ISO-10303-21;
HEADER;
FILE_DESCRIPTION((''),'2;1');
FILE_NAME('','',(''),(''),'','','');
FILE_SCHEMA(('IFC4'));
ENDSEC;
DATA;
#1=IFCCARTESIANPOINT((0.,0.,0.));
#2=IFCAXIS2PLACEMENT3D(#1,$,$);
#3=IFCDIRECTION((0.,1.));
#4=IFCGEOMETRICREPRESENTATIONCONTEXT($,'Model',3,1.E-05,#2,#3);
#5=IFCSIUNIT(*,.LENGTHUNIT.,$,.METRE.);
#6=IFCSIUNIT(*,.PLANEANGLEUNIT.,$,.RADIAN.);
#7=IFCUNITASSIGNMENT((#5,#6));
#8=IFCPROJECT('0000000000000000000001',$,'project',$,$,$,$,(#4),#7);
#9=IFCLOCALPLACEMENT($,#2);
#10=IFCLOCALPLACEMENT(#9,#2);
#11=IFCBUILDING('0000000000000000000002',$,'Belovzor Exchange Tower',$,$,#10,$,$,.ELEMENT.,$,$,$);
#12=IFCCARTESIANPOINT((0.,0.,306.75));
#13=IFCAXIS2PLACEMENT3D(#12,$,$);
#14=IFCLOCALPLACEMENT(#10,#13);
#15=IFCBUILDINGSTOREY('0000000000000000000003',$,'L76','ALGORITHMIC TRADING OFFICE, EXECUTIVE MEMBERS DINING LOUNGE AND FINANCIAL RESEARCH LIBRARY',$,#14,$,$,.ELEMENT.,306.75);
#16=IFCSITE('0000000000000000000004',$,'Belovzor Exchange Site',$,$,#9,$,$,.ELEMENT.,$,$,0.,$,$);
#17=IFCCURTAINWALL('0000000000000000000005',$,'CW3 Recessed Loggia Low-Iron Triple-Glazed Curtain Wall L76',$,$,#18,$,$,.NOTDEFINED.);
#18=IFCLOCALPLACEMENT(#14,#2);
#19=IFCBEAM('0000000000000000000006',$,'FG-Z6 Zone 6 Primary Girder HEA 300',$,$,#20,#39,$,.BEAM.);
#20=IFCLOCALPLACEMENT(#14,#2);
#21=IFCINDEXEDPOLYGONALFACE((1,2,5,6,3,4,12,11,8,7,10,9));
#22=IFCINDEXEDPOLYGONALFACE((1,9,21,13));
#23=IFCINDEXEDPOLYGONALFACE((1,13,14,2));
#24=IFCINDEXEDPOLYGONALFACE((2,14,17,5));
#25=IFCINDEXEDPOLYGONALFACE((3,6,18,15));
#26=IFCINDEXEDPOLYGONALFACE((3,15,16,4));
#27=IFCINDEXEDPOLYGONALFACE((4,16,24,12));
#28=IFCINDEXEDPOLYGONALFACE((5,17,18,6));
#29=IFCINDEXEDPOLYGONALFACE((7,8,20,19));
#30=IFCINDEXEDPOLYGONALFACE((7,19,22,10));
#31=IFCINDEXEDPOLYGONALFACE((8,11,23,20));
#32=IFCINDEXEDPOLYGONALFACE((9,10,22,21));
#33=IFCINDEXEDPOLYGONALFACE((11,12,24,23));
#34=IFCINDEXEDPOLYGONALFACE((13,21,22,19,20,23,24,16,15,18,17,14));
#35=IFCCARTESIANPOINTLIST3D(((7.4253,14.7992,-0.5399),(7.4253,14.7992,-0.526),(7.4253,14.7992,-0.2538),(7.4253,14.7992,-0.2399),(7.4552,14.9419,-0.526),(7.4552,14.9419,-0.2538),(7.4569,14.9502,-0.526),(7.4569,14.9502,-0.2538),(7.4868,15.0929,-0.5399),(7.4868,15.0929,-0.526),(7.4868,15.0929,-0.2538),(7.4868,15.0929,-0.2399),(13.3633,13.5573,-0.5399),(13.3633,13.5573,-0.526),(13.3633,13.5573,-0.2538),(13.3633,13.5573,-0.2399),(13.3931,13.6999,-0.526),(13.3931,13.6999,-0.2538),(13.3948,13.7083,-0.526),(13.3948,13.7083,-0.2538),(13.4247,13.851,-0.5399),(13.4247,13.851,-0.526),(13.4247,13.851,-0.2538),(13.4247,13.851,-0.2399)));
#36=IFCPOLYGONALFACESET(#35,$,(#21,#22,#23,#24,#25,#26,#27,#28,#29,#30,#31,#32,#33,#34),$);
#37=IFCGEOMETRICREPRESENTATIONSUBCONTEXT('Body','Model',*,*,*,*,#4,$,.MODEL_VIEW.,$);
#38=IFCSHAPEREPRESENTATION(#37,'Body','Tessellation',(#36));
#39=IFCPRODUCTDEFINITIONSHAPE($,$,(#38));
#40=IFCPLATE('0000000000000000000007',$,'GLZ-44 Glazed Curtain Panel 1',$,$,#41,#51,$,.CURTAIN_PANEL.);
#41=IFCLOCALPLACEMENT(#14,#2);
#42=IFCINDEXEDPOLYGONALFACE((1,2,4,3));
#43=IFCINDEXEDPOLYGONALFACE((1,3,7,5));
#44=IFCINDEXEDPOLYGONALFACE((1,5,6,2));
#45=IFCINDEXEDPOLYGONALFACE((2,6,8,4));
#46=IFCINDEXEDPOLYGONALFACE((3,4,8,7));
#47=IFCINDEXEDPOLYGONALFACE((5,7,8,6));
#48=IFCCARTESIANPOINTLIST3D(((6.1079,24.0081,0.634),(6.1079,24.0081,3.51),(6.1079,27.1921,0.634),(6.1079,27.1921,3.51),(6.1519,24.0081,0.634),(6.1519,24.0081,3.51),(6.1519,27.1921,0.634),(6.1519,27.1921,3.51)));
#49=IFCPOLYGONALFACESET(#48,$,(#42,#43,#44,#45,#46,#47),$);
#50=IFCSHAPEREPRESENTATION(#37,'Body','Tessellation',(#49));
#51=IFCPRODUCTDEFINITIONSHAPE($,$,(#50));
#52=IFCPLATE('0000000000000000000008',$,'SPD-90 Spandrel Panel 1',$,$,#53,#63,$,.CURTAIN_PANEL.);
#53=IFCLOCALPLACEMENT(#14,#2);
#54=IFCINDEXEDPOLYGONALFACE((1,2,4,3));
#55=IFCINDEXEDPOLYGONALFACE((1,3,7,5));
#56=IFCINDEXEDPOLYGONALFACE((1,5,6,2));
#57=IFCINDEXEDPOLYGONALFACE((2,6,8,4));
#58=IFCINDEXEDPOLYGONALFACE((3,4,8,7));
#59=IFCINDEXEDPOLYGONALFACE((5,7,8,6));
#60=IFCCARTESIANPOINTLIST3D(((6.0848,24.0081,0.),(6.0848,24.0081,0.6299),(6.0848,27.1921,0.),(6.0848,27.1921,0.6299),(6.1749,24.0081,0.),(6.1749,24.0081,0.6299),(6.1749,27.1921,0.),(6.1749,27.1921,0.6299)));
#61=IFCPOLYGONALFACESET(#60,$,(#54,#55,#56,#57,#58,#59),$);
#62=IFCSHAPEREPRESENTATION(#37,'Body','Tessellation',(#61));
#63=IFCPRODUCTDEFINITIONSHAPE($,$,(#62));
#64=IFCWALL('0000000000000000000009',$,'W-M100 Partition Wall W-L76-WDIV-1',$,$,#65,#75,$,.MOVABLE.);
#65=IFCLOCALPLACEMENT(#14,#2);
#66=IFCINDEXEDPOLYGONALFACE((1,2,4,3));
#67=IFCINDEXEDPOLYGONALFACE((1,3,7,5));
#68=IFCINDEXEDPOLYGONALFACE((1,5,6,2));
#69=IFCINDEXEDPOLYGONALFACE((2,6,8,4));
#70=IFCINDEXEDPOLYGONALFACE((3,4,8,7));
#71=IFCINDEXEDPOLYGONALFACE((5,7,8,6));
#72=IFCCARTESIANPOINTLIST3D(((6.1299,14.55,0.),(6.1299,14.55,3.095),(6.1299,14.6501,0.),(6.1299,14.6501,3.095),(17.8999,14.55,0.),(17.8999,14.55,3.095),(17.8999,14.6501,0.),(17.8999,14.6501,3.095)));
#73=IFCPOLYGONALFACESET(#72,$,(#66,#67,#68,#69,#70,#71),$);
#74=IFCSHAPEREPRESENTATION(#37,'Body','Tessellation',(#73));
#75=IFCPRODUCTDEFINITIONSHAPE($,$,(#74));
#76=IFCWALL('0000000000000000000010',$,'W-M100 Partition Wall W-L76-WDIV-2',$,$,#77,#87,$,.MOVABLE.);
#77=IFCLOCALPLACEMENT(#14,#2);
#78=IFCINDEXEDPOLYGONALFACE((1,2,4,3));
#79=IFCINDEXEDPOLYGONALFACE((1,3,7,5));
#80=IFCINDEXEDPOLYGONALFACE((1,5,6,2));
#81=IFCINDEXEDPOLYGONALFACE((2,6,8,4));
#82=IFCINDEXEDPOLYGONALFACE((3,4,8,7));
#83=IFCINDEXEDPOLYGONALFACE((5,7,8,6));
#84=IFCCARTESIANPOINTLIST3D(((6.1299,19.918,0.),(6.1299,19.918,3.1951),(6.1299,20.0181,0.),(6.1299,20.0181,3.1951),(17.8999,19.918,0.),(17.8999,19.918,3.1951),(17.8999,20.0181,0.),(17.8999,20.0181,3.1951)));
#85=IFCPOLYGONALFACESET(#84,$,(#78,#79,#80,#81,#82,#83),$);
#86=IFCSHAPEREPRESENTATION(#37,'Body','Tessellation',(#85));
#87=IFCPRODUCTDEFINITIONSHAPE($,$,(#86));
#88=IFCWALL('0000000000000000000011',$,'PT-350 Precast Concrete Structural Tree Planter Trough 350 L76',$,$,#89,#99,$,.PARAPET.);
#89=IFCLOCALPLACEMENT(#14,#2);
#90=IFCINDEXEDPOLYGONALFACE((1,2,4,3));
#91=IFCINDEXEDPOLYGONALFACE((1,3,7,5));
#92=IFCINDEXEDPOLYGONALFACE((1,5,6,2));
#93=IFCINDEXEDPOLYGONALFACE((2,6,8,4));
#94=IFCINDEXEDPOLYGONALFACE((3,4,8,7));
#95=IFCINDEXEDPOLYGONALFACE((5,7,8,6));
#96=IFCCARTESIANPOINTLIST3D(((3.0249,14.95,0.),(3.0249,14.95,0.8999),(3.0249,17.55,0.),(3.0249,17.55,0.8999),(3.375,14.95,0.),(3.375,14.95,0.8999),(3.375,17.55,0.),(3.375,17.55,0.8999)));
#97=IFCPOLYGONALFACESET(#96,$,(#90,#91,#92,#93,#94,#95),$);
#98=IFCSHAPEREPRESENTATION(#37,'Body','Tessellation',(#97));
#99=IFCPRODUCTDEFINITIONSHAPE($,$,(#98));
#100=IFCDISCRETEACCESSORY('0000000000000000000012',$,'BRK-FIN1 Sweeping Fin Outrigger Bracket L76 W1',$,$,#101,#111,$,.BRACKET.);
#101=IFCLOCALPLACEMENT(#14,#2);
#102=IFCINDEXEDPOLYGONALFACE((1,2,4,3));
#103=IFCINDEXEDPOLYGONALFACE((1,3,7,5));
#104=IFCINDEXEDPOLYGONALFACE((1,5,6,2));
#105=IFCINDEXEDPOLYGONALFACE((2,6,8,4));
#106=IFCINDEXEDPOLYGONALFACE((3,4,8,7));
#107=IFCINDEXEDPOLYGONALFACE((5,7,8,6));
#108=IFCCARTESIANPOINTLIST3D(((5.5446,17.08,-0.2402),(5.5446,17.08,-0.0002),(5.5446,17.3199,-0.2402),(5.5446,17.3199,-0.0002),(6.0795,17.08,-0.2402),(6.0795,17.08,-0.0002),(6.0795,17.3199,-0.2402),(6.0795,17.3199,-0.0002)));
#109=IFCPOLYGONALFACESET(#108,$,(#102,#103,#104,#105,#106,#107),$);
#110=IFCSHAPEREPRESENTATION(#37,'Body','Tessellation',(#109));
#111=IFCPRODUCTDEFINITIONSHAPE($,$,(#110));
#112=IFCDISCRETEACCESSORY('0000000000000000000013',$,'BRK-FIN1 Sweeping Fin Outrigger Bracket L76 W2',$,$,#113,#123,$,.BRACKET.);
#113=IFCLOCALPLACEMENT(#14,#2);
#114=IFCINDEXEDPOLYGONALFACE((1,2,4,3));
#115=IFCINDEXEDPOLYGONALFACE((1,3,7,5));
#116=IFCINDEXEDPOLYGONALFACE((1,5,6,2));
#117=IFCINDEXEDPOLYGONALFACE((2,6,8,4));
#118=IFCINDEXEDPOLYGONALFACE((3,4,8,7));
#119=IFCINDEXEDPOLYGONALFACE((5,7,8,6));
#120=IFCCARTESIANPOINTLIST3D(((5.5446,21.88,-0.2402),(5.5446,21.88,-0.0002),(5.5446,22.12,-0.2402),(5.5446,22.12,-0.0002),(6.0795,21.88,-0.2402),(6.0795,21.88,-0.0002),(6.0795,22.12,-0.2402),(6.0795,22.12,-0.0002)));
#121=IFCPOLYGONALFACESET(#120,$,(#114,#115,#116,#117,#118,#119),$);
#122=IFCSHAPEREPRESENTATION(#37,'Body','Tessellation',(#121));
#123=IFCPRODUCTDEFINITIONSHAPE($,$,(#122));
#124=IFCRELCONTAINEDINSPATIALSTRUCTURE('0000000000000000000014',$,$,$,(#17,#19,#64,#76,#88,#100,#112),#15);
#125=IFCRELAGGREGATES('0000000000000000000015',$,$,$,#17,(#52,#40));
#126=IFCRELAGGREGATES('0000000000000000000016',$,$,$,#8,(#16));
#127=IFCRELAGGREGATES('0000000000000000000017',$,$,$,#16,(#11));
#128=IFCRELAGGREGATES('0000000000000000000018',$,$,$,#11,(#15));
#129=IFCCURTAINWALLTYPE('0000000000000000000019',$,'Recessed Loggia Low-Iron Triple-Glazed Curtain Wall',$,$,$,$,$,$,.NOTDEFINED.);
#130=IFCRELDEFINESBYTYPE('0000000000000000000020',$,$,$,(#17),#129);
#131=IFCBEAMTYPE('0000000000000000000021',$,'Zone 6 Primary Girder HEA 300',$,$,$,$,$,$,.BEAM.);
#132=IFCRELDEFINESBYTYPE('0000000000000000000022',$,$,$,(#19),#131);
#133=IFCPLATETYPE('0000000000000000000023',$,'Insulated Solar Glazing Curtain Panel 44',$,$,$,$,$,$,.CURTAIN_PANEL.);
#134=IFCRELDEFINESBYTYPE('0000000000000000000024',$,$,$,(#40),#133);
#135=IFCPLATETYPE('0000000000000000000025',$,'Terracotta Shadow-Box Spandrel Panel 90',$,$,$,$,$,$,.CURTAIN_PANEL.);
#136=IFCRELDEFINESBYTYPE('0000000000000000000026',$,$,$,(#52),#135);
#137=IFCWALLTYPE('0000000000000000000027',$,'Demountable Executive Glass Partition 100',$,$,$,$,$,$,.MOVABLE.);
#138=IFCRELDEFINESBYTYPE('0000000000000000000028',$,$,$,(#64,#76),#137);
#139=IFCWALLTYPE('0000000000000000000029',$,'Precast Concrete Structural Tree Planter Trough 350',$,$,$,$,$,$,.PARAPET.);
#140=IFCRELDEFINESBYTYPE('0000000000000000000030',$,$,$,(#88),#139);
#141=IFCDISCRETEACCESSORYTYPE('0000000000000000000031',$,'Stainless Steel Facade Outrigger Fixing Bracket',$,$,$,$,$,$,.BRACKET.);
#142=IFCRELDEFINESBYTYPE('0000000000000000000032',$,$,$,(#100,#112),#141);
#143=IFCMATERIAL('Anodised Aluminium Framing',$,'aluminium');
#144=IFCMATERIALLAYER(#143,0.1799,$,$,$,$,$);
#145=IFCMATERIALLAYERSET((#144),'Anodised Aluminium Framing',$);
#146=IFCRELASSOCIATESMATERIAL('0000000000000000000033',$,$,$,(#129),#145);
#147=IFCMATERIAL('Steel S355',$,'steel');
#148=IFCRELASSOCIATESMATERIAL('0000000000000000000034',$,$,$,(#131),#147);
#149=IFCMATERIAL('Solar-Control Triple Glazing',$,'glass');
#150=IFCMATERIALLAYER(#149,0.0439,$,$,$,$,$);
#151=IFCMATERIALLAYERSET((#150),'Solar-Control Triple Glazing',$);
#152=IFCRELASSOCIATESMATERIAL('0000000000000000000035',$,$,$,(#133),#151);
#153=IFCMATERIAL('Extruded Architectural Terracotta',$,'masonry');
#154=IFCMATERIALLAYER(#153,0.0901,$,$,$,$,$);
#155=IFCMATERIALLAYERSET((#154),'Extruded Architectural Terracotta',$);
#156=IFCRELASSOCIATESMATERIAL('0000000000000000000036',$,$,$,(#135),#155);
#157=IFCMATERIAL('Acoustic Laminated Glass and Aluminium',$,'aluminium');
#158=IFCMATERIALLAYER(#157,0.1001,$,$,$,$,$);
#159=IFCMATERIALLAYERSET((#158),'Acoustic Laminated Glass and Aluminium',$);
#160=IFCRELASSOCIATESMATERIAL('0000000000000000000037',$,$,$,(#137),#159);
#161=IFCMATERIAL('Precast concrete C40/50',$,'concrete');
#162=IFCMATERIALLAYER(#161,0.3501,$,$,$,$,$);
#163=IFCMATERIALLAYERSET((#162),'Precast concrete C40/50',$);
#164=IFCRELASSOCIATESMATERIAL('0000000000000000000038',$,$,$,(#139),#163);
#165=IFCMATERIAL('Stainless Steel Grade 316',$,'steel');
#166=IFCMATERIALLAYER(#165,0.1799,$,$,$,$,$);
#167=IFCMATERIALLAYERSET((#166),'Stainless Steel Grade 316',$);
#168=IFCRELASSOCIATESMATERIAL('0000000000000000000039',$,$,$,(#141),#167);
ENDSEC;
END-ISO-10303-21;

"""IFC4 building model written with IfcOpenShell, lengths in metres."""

from ifc_helpers import new_model, si_unit, direction, frame, frame_2d, origin, origin_2d, place, context, subcontext, project, spatial, rectangle, i_section, extrude, material, layer, layer_set, material_profile, profile_set, type_object, element, aggregate, save


model = new_model("IFC4")

# Units and contexts
model_context = context("Model", 3, precision=1e-05, world=origin(), true_north=direction((0.0, 1.0)))
body_context = subcontext(model_context, "Body", "Model", "MODEL_VIEW")
ifc_project = project(units=[si_unit("LENGTHUNIT", "METRE"), si_unit("PLANEANGLEUNIT", "RADIAN")], contexts=[model_context])

# Site, building, storey
site_placement = place(None, origin())
site = spatial("IfcSite", under=ifc_project, at=site_placement, Name="Belovzor Exchange Site", CompositionType="ELEMENT", RefElevation=0.0)
building_placement = place(site_placement, origin())
building = spatial("IfcBuilding", under=site, at=building_placement, Name="Belovzor Exchange Tower", CompositionType="ELEMENT")
storey_placement = place(building_placement, frame((0.0, 0.0, 306.75)))
storey = spatial("IfcBuildingStorey", under=building, at=storey_placement, Name="L76", Description="ALGORITHMIC TRADING OFFICE, EXECUTIVE MEMBERS DINING LOUNGE AND FINANCIAL RESEARCH LIBRARY", CompositionType="ELEMENT", Elevation=306.75)

# Curtain wall
ifc_material_1 = material(Name="Anodised Aluminium Framing", Category="aluminium")
ifc_layer_1 = layer(ifc_material_1, 0.1799)
ifc_layer_set_1 = layer_set([ifc_layer_1], Name="Anodised Aluminium Framing")
curtain_wall_type = type_object("IfcCurtainWallType", Name="Recessed Loggia Low-Iron Triple-Glazed Curtain Wall", PredefinedType="NOTDEFINED", material=ifc_layer_set_1)
curtain_wall_placement = place(storey_placement, origin())
curtain_wall = element("IfcCurtainWall", 1, at=curtain_wall_placement, inside=storey, type_object=curtain_wall_type, Name="CW3 Recessed Loggia Low-Iron Triple-Glazed Curtain Wall L76", PredefinedType="NOTDEFINED")

# Beam
ifc_material_2 = material(Name="Steel S355", Category="steel")
ifc_material_profile_1 = material_profile(ifc_material_2, i_section(OverallWidth=0.3, OverallDepth=0.3, WebThickness=0.0085, FlangeThickness=0.0139, at=origin_2d()))
ifc_profile_set_1 = profile_set([ifc_material_profile_1], Name="Steel S355")
beam_type_1 = type_object("IfcBeamType", Name="Zone 6 Primary Girder HEA 300", PredefinedType="BEAM", material=ifc_profile_set_1)
for number, where, z_axis, x_axis, name in (
    (2, (7.4561, 14.946, -0.3899), (0.97882, -0.204722, 0.0), (0.204722, 0.97882, 0.0), "FG-Z6 Zone 6 Primary Girder HEA 300"),
):
    element("IfcBeam", number, at=place(storey_placement, frame(where, z_axis=z_axis, x_axis=x_axis)), inside=storey, type_object=beam_type_1, Name=name, PredefinedType="BEAM", context=body_context, shape_type="SweptSolid", body=[
        extrude(i_section(OverallWidth=0.3, OverallDepth=0.3, WebThickness=0.0085, FlangeThickness=0.0139, at=origin_2d()), origin(), (0.0, 0.0, 1.0), 6.0664),
    ])

# Plates
ifc_material_3 = material(Name="Solar-Control Triple Glazing", Category="glass")
ifc_layer_2 = layer(ifc_material_3, 0.0439)
ifc_layer_set_2 = layer_set([ifc_layer_2], Name="Solar-Control Triple Glazing")
plate_type_1 = type_object("IfcPlateType", Name="Insulated Solar Glazing Curtain Panel 44", PredefinedType="CURTAIN_PANEL", material=ifc_layer_set_2)
plate_1_placement = place(storey_placement, frame((6.1299, 25.6001, 0.634), z_axis=(0.0, 0.0, 1.0), x_axis=(0.0, 1.0, 0.0)))
plate_1 = element("IfcPlate", 3, at=plate_1_placement, type_object=plate_type_1, Name="GLZ-44 Glazed Curtain Panel 1", PredefinedType="CURTAIN_PANEL", context=body_context, shape_type="SweptSolid", body=[
    extrude(rectangle(XDim=3.1841, YDim=0.0439, at=origin_2d()), origin(), (0.0, 0.0, 1.0), 2.876),
])
ifc_material_4 = material(Name="Extruded Architectural Terracotta", Category="masonry")
ifc_layer_3 = layer(ifc_material_4, 0.0901)
ifc_layer_set_3 = layer_set([ifc_layer_3], Name="Extruded Architectural Terracotta")
plate_type_2 = type_object("IfcPlateType", Name="Terracotta Shadow-Box Spandrel Panel 90", PredefinedType="CURTAIN_PANEL", material=ifc_layer_set_3)
plate_2_placement = place(storey_placement, frame((6.1299, 25.6001, 0.0), z_axis=(0.0, 0.0, 1.0), x_axis=(0.0, 1.0, 0.0)))
plate_2 = element("IfcPlate", 4, at=plate_2_placement, type_object=plate_type_2, Name="SPD-90 Spandrel Panel 1", PredefinedType="CURTAIN_PANEL", context=body_context, shape_type="SweptSolid", body=[
    extrude(rectangle(XDim=3.1841, YDim=0.0901, at=origin_2d()), origin(), (0.0, 0.0, 1.0), 0.6299),
])
aggregate(curtain_wall, [plate_2, plate_1])

# Walls
ifc_material_5 = material(Name="Acoustic Laminated Glass and Aluminium", Category="aluminium")
ifc_layer_4 = layer(ifc_material_5, 0.1001)
ifc_layer_set_4 = layer_set([ifc_layer_4], Name="Acoustic Laminated Glass and Aluminium")
wall_type_1 = type_object("IfcWallType", Name="Demountable Executive Glass Partition 100", PredefinedType="MOVABLE", material=ifc_layer_set_4)
wall_1_placement = place(storey_placement, frame((6.1299, 14.6001, 0.0), z_axis=(0.0, 0.0, 1.0), x_axis=(1.0, 0.0, 0.0)))
element("IfcWall", 5, at=wall_1_placement, inside=storey, type_object=wall_type_1, Name="W-M100 Partition Wall W-L76-WDIV-1", PredefinedType="MOVABLE", context=body_context, shape_type="SweptSolid", body=[
    extrude(rectangle(XDim=11.77, YDim=0.1001, at=frame_2d((5.885, 0.0))), origin(), (0.0, 0.0, 1.0), 3.095),
])
wall_2_placement = place(storey_placement, frame((6.1299, 19.968, 0.0), z_axis=(0.0, 0.0, 1.0), x_axis=(1.0, 0.0, 0.0)))
element("IfcWall", 6, at=wall_2_placement, inside=storey, type_object=wall_type_1, Name="W-M100 Partition Wall W-L76-WDIV-2", PredefinedType="MOVABLE", context=body_context, shape_type="SweptSolid", body=[
    extrude(rectangle(XDim=11.77, YDim=0.1001, at=frame_2d((5.885, 0.0))), origin(), (0.0, 0.0, 1.0), 3.1951),
])
ifc_material_6 = material(Name="Precast concrete C40/50", Category="concrete")
ifc_layer_5 = layer(ifc_material_6, 0.3501)
ifc_layer_set_5 = layer_set([ifc_layer_5], Name="Precast concrete C40/50")
wall_type_2 = type_object("IfcWallType", Name="Precast Concrete Structural Tree Planter Trough 350", PredefinedType="PARAPET", material=ifc_layer_set_5)
wall_3_placement = place(storey_placement, frame((3.2, 14.95, 0.0), z_axis=(0.0, 0.0, 1.0), x_axis=(0.0, 1.0, 0.0)))
element("IfcWall", 7, at=wall_3_placement, inside=storey, type_object=wall_type_2, Name="PT-350 Precast Concrete Structural Tree Planter Trough 350 L76", PredefinedType="PARAPET", context=body_context, shape_type="SweptSolid", body=[
    extrude(rectangle(XDim=2.6001, YDim=0.3501, at=frame_2d((1.3, 0.0))), origin(), (0.0, 0.0, 1.0), 0.8999),
])

# Discrete accessories
ifc_material_7 = material(Name="Stainless Steel Grade 316", Category="steel")
ifc_layer_6 = layer(ifc_material_7, 0.1799)
ifc_layer_set_6 = layer_set([ifc_layer_6], Name="Stainless Steel Grade 316")
discrete_accessory_type = type_object("IfcDiscreteAccessoryType", Name="Stainless Steel Facade Outrigger Fixing Bracket", PredefinedType="BRACKET", material=ifc_layer_set_6)
for number, where, z_axis, x_axis, name in (
    (8, (5.812, 17.2, -0.2402), (0.0, 0.0, 1.0), (1.0, 0.0, 0.0), "BRK-FIN1 Sweeping Fin Outrigger Bracket L76 W1"),
    (9, (5.812, 22.0, -0.2402), (0.0, 0.0, 1.0), (1.0, 0.0, 0.0), "BRK-FIN1 Sweeping Fin Outrigger Bracket L76 W2"),
):
    element("IfcDiscreteAccessory", number, at=place(storey_placement, frame(where, z_axis=z_axis, x_axis=x_axis)), inside=storey, type_object=discrete_accessory_type, Name=name, PredefinedType="BRACKET", context=body_context, shape_type="SweptSolid", body=[
        extrude(rectangle(XDim=0.5349, YDim=0.24, at=origin_2d()), origin(), (0.0, 0.0, 1.0), 0.24),
    ])

save(model, "model.ifc")
